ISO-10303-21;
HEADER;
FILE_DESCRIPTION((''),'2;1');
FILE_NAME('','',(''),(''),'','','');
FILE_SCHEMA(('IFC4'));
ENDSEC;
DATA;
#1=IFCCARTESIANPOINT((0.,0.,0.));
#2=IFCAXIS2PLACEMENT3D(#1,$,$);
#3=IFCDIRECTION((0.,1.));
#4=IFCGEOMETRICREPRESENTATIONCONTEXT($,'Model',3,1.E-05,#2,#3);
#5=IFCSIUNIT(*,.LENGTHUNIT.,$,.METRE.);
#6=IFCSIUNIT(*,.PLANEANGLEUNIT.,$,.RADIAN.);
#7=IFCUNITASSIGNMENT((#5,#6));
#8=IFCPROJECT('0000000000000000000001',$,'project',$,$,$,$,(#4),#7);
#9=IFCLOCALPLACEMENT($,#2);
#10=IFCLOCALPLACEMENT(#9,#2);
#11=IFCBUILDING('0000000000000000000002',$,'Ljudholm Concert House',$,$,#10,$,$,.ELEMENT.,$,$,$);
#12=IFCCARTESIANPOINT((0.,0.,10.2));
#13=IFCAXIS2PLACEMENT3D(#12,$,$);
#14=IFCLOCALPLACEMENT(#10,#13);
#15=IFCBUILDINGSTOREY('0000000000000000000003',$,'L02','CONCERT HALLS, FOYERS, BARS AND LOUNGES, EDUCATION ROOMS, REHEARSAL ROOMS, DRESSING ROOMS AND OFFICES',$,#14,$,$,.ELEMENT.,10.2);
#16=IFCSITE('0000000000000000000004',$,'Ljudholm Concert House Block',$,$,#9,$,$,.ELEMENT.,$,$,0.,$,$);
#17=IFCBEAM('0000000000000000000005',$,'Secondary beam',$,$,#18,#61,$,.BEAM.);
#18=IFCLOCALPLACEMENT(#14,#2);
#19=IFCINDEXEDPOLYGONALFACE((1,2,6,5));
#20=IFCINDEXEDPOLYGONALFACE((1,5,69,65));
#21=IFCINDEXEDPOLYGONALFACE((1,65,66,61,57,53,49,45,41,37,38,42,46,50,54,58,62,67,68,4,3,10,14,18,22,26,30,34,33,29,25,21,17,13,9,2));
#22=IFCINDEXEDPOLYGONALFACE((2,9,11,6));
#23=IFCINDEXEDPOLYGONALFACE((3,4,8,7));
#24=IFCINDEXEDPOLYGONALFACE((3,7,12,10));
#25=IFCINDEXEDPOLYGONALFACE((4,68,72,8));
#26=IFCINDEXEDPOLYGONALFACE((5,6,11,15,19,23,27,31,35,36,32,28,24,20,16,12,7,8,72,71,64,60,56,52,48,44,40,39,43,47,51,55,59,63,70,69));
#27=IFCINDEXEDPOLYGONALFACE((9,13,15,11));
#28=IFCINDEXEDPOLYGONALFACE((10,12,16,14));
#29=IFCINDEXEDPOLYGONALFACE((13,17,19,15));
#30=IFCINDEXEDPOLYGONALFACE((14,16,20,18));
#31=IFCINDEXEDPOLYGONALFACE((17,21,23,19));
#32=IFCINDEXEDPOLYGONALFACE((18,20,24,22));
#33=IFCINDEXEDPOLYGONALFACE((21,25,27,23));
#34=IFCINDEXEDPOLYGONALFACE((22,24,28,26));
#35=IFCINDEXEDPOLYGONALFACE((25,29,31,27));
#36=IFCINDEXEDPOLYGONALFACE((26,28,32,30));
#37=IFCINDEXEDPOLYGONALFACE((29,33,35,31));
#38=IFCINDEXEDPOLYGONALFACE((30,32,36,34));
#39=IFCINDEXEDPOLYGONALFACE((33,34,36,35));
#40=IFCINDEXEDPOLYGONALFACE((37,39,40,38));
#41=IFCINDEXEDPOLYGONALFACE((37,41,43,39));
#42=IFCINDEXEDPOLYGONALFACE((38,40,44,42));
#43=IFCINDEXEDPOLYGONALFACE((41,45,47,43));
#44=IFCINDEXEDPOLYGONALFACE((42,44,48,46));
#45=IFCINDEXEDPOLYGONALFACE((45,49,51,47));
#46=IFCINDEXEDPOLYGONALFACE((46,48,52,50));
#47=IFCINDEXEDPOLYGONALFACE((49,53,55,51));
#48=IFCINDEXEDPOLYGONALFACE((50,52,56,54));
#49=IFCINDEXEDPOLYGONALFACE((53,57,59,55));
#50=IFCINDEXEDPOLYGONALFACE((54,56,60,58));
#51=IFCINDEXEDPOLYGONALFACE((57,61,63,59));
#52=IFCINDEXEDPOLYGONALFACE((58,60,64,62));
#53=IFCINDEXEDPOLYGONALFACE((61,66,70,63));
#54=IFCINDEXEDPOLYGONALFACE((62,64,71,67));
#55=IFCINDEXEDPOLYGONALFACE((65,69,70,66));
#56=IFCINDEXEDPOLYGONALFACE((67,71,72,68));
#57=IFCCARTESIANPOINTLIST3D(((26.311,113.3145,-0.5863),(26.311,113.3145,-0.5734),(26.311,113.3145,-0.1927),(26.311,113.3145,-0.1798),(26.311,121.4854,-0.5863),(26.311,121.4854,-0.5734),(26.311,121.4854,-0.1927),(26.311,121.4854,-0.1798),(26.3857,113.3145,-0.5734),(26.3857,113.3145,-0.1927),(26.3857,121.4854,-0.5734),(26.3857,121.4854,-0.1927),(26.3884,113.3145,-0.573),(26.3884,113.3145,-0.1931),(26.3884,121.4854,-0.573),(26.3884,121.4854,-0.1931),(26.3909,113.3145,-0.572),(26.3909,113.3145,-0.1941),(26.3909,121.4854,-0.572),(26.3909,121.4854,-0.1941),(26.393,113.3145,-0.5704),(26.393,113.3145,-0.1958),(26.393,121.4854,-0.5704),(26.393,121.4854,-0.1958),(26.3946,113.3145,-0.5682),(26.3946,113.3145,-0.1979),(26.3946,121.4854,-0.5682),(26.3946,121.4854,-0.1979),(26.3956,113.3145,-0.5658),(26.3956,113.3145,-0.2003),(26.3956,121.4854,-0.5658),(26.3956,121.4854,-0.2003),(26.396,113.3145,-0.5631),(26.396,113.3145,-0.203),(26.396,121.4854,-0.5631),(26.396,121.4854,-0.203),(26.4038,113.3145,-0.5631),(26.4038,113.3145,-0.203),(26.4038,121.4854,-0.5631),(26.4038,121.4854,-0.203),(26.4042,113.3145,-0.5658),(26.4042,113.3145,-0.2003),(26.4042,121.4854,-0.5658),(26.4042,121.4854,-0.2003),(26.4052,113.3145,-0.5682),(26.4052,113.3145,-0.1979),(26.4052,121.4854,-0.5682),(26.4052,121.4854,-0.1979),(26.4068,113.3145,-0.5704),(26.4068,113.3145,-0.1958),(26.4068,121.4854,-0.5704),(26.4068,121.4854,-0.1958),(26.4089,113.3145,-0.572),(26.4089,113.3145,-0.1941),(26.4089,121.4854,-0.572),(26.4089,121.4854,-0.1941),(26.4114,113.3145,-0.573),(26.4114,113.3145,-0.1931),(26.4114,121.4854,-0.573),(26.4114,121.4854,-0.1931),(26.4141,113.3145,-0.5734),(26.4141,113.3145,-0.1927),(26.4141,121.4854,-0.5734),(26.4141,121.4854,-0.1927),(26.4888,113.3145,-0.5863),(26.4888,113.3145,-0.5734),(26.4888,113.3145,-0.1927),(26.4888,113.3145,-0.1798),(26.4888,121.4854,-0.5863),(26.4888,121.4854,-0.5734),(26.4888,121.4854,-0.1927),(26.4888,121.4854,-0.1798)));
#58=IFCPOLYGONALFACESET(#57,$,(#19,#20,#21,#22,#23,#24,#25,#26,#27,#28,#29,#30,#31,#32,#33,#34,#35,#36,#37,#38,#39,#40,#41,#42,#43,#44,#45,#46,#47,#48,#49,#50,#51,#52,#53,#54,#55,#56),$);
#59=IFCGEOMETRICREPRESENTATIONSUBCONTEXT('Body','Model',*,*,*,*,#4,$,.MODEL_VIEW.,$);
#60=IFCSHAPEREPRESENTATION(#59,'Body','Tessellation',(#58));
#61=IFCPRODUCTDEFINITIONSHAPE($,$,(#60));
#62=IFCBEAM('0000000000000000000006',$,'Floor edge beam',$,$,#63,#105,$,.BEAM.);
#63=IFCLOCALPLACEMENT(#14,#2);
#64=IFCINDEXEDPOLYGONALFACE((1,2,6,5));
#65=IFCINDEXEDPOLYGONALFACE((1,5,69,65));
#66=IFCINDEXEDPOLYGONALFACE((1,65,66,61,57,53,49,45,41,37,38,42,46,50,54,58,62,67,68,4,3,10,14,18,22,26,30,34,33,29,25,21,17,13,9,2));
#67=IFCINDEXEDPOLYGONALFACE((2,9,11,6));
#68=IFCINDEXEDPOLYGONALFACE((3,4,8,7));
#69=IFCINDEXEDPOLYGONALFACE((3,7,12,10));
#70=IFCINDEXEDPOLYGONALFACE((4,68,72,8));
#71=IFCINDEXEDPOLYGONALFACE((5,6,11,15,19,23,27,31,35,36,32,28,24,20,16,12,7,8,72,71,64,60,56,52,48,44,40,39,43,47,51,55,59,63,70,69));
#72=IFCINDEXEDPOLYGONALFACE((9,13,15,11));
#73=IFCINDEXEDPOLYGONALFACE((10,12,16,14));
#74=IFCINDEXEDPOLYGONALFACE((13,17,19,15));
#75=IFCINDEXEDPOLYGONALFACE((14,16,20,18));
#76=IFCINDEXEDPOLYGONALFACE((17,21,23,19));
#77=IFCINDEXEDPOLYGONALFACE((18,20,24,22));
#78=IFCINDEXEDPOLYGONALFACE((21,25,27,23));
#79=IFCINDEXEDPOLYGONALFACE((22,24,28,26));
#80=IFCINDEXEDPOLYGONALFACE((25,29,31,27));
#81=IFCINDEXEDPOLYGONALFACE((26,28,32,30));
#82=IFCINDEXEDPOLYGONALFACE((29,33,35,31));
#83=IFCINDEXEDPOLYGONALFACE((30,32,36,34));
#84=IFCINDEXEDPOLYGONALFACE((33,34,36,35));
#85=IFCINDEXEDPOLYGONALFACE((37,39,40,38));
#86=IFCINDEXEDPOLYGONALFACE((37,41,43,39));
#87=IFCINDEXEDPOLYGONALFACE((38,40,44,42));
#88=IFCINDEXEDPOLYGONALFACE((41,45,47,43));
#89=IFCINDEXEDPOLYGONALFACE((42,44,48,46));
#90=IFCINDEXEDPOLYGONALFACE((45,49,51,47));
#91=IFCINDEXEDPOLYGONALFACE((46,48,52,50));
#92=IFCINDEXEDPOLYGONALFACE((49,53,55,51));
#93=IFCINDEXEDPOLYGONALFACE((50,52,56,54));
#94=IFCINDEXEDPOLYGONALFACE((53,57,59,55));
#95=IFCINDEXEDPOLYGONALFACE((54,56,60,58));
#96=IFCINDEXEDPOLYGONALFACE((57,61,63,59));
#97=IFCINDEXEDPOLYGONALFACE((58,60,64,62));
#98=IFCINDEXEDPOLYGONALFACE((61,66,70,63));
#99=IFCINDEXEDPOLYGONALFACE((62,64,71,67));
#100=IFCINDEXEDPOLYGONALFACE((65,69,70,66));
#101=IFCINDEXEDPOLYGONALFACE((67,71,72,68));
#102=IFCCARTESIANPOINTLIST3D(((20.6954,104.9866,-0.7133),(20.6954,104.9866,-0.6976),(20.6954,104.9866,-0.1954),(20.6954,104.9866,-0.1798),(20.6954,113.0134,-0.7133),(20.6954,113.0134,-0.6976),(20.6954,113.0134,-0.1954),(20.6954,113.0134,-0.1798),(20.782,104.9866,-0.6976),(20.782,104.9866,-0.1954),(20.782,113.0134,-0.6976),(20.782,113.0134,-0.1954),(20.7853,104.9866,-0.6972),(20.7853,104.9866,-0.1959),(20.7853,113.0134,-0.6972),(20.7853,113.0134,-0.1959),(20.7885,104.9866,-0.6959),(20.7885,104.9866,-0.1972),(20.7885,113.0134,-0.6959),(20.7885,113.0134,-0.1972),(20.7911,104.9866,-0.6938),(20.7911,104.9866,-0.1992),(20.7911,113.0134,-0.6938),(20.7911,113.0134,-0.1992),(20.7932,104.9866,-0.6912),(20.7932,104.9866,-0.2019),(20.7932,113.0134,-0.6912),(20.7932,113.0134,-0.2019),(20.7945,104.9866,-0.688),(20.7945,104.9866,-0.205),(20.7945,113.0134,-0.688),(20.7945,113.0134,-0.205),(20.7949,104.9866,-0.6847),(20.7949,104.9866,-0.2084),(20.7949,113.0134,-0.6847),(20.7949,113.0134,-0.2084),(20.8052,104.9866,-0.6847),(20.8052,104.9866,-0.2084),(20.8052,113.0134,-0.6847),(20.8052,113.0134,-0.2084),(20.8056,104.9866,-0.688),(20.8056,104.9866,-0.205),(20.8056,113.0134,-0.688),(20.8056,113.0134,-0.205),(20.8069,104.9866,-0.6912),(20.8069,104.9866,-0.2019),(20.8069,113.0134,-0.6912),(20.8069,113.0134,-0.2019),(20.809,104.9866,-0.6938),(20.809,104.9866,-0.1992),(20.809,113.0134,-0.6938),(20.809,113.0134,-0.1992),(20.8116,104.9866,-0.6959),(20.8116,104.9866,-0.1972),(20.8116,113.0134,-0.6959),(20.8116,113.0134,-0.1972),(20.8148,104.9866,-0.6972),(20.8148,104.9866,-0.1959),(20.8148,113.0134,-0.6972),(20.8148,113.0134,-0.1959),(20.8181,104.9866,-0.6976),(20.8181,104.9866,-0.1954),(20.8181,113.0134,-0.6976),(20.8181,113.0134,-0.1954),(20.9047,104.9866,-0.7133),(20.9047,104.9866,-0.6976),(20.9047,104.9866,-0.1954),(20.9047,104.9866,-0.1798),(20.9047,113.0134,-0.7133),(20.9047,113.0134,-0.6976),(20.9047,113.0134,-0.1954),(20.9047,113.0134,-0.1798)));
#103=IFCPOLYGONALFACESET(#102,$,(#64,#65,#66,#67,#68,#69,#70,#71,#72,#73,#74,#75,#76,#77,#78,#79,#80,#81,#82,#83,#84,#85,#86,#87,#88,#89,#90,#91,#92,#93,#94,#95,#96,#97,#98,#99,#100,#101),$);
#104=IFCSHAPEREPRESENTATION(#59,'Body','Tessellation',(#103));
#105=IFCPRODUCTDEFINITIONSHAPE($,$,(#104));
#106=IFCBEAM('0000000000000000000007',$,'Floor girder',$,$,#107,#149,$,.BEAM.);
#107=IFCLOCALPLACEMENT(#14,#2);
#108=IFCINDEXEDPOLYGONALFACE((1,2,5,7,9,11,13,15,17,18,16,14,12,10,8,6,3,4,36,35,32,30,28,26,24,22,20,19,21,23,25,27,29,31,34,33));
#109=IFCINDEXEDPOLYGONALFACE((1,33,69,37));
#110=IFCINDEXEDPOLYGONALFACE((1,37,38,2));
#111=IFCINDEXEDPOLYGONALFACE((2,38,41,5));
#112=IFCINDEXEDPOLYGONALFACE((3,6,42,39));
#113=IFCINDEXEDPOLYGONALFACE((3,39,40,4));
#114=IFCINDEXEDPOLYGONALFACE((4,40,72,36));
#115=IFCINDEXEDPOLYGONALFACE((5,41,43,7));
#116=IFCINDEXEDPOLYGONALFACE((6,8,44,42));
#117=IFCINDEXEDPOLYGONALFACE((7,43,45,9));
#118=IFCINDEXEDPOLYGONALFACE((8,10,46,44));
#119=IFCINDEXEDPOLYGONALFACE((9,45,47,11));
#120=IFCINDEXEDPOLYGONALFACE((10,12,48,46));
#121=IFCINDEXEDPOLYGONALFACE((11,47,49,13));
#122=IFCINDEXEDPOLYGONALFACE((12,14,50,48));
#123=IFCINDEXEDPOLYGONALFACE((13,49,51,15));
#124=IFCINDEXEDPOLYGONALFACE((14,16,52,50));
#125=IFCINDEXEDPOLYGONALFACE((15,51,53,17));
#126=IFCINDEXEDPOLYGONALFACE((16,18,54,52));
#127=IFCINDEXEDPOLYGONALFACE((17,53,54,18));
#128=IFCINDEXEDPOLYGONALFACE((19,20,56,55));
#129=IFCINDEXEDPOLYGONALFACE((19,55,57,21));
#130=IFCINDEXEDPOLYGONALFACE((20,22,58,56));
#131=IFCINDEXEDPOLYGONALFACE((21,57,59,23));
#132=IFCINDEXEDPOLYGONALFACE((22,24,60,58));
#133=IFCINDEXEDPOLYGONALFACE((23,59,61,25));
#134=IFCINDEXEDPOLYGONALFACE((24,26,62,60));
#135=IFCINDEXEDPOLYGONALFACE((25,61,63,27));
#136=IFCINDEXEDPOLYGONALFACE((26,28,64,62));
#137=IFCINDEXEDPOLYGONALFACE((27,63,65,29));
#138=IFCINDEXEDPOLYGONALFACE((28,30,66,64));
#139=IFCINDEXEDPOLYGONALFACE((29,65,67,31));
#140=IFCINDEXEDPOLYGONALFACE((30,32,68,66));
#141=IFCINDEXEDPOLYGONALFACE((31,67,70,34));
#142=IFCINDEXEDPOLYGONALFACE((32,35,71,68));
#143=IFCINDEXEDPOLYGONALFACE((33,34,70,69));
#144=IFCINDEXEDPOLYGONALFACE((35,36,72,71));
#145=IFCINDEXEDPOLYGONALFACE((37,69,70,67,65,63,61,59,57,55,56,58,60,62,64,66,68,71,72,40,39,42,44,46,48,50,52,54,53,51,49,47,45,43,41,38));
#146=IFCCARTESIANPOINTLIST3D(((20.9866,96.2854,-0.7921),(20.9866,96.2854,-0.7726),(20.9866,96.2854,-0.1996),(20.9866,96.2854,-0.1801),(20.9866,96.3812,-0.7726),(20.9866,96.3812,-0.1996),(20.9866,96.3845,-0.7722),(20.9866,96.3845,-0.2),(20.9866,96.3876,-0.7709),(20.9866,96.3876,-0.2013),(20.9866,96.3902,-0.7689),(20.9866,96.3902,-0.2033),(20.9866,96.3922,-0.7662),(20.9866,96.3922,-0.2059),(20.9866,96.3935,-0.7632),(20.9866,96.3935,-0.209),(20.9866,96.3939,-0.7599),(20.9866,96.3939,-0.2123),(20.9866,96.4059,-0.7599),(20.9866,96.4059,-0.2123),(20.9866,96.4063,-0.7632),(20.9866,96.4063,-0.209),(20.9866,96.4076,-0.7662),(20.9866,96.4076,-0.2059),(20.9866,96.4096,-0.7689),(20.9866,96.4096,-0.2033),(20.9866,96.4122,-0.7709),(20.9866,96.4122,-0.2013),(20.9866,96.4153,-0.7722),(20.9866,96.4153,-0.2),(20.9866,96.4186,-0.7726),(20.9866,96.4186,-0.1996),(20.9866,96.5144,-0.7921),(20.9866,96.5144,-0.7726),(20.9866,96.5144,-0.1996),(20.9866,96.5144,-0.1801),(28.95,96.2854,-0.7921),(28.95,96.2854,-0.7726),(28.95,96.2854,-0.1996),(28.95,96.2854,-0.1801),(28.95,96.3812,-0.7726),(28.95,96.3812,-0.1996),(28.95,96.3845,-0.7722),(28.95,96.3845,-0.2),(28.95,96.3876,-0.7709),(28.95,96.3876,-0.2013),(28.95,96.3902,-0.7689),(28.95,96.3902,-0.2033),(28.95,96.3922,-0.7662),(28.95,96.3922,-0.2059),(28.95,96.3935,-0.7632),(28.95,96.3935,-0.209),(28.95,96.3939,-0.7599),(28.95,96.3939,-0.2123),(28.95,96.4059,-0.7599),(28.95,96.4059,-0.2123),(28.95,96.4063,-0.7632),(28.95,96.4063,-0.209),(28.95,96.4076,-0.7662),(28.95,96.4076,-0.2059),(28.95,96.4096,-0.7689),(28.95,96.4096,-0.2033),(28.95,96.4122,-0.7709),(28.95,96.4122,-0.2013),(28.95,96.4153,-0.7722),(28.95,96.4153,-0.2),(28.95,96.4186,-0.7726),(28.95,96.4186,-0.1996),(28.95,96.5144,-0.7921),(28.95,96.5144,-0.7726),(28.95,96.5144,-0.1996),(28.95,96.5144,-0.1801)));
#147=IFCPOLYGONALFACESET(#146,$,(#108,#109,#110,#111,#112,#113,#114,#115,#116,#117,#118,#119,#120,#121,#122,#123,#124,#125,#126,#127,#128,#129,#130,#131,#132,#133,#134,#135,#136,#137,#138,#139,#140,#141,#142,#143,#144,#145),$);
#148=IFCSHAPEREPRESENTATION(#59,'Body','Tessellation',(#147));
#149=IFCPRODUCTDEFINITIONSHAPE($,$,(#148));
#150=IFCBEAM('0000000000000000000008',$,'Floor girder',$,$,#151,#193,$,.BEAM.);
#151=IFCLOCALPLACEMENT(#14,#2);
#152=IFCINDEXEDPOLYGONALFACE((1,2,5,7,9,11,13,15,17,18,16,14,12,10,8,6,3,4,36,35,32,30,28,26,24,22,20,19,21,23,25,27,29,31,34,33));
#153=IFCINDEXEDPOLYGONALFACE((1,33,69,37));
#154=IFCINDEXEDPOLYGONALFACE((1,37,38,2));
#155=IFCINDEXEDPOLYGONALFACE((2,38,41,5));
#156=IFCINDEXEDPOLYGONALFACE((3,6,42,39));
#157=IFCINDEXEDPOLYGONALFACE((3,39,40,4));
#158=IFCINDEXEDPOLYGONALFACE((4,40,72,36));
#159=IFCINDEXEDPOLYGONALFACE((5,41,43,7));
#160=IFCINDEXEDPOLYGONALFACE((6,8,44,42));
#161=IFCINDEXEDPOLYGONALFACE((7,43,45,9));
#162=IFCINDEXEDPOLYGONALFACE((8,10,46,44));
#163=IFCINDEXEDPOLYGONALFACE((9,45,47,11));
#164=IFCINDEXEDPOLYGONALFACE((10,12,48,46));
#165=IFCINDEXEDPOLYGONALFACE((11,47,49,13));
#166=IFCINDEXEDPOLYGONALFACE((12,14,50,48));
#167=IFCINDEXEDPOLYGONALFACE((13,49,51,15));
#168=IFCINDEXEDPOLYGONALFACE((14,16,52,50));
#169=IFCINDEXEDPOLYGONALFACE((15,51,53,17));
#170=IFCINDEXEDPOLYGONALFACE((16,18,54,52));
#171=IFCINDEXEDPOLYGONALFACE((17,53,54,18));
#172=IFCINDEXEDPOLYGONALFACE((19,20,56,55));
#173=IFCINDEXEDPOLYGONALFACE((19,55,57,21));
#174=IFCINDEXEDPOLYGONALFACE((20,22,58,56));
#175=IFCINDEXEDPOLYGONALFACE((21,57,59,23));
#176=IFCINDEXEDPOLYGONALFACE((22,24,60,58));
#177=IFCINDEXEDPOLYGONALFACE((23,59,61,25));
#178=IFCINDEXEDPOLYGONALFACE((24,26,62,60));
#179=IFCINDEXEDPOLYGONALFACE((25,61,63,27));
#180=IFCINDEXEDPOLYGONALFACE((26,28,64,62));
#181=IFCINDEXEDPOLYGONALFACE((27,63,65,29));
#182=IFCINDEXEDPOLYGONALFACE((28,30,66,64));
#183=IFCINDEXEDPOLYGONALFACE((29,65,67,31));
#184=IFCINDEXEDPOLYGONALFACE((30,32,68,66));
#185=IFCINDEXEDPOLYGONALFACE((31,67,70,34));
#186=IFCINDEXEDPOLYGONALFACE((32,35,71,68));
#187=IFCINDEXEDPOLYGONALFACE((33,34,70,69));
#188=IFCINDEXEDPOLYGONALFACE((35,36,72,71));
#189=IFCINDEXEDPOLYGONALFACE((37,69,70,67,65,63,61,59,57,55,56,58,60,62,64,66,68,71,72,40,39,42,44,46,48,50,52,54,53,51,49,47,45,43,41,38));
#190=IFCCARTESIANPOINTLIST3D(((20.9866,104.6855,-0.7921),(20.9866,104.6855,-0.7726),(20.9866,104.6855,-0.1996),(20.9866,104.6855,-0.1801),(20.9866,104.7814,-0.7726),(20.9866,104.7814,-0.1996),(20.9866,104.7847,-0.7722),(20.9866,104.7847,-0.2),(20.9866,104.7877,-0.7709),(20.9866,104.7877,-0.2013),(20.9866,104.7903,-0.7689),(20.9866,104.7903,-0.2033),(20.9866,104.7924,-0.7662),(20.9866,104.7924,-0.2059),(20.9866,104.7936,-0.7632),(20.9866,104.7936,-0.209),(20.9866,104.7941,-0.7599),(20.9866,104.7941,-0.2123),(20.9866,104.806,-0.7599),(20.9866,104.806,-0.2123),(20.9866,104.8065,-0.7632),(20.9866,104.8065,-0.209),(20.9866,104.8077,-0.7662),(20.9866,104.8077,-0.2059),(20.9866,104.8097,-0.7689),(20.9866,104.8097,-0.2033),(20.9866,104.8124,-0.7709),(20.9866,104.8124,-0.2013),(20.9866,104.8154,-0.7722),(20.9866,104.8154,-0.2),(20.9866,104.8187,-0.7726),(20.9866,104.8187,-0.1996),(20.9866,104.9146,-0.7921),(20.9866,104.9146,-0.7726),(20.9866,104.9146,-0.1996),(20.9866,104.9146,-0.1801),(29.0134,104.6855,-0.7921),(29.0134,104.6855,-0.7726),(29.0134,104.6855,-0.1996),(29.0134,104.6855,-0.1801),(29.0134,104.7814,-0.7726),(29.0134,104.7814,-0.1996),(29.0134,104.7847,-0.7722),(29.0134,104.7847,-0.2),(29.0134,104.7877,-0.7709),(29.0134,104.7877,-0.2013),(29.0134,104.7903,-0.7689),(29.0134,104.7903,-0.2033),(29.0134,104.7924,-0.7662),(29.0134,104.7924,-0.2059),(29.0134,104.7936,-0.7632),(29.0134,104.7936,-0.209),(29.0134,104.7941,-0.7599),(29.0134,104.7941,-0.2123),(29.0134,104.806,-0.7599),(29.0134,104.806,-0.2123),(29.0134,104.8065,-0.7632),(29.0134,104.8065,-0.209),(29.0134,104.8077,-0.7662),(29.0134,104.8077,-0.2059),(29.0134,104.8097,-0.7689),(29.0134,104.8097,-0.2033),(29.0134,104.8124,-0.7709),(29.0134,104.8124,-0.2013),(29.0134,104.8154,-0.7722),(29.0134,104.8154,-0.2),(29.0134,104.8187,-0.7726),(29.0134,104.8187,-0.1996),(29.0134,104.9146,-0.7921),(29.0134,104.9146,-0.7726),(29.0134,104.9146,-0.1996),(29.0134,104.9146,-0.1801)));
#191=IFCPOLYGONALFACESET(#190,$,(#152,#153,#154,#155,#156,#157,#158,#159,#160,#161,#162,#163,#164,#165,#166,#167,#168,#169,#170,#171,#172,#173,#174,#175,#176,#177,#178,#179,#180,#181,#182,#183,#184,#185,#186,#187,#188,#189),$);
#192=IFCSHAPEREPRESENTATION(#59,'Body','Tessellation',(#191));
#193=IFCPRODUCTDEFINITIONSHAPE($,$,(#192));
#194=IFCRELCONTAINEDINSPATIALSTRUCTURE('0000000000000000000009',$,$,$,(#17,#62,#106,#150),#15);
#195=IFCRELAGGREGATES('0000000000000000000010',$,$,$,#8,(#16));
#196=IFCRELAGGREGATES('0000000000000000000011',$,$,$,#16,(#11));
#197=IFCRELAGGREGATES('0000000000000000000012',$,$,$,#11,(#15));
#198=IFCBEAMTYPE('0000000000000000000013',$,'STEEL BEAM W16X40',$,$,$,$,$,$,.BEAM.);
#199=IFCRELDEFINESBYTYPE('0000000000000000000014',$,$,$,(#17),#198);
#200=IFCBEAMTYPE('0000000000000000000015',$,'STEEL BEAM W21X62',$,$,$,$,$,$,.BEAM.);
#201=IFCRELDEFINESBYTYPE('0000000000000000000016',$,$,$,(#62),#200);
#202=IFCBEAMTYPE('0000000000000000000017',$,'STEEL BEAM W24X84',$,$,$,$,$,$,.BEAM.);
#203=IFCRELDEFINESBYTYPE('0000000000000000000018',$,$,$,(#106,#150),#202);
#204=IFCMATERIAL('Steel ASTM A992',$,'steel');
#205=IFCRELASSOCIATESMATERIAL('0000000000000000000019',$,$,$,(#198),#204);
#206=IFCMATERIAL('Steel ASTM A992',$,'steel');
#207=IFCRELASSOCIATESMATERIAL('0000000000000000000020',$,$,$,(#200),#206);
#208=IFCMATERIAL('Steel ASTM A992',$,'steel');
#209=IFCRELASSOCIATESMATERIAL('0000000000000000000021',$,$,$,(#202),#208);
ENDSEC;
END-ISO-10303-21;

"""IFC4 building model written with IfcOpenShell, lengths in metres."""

from ifc_helpers import new_model, si_unit, direction, frame, origin, origin_2d, place, context, subcontext, project, spatial, i_section, extrude, material, material_profile, profile_set, type_object, element, save


model = new_model("IFC4")

# Units and contexts
model_context = context("Model", 3, precision=1e-05, world=origin(), true_north=direction((0.0, 1.0)))
body_context = subcontext(model_context, "Body", "Model", "MODEL_VIEW")
ifc_project = project(units=[si_unit("LENGTHUNIT", "METRE"), si_unit("PLANEANGLEUNIT", "RADIAN")], contexts=[model_context])

# Site, building, storey
site_placement = place(None, origin())
site = spatial("IfcSite", under=ifc_project, at=site_placement, Name="Ljudholm Concert House Block", CompositionType="ELEMENT", RefElevation=0.0)
building_placement = place(site_placement, origin())
building = spatial("IfcBuilding", under=site, at=building_placement, Name="Ljudholm Concert House", CompositionType="ELEMENT")
storey_placement = place(building_placement, frame((0.0, 0.0, 10.2)))
storey = spatial("IfcBuildingStorey", under=building, at=storey_placement, Name="L02", Description="CONCERT HALLS, FOYERS, BARS AND LOUNGES, EDUCATION ROOMS, REHEARSAL ROOMS, DRESSING ROOMS AND OFFICES", CompositionType="ELEMENT", Elevation=10.2)

# Beams
ifc_material_1 = material(Name="Steel ASTM A992", Category="steel")
ifc_material_profile_1 = material_profile(ifc_material_1, i_section(OverallWidth=0.1777, OverallDepth=0.4065, WebThickness=0.0078, FlangeThickness=0.0129, FilletRadius=0.0103, at=origin_2d()), Name="W16X40")
ifc_profile_set_1 = profile_set([ifc_material_profile_1], Name="Steel ASTM A992")
beam_type_1 = type_object("IfcBeamType", Name="STEEL BEAM W16X40", PredefinedType="BEAM", material=ifc_profile_set_1)
for number, where, z_axis, x_axis, name in (
    (1, (26.3999, 113.3145, -0.3831), (0.0, 1.0, 0.0), (-1.0, 0.0, 0.0), "Secondary beam"),
):
    element("IfcBeam", number, at=place(storey_placement, frame(where, z_axis=z_axis, x_axis=x_axis)), inside=storey, type_object=beam_type_1, Name=name, PredefinedType="BEAM", context=body_context, shape_type="SweptSolid", body=[
        extrude(i_section(OverallWidth=0.1777, OverallDepth=0.4065, WebThickness=0.0078, FlangeThickness=0.0129, FilletRadius=0.0103, at=origin_2d()), origin(), (0.0, 0.0, 1.0), 8.1709),
    ])
ifc_material_2 = material(Name="Steel ASTM A992", Category="steel")
ifc_material_profile_2 = material_profile(ifc_material_2, i_section(OverallWidth=0.2092, OverallDepth=0.5334, WebThickness=0.0103, FlangeThickness=0.0156, FilletRadius=0.0129, at=origin_2d()), Name="W21X62")
ifc_profile_set_2 = profile_set([ifc_material_profile_2], Name="Steel ASTM A992")
beam_type_2 = type_object("IfcBeamType", Name="STEEL BEAM W21X62", PredefinedType="BEAM", material=ifc_profile_set_2)
beam_1_placement = place(storey_placement, frame((20.8, 104.9866, -0.4465), z_axis=(0.0, 1.0, 0.0), x_axis=(-1.0, 0.0, 0.0)))
element("IfcBeam", 2, at=beam_1_placement, inside=storey, type_object=beam_type_2, Name="Floor edge beam", PredefinedType="BEAM", context=body_context, shape_type="SweptSolid", body=[
    extrude(i_section(OverallWidth=0.2092, OverallDepth=0.5334, WebThickness=0.0103, FlangeThickness=0.0156, FilletRadius=0.0129, at=origin_2d()), origin(), (0.0, 0.0, 1.0), 8.0269),
])
ifc_material_3 = material(Name="Steel ASTM A992", Category="steel")
ifc_material_profile_3 = material_profile(ifc_material_3, i_section(OverallWidth=0.229, OverallDepth=0.6121, WebThickness=0.012, FlangeThickness=0.0195, FilletRadius=0.0127, at=origin_2d()), Name="W24X84")
ifc_profile_set_3 = profile_set([ifc_material_profile_3], Name="Steel ASTM A992")
beam_type_3 = type_object("IfcBeamType", Name="STEEL BEAM W24X84", PredefinedType="BEAM", material=ifc_profile_set_3)
beam_2_placement = place(storey_placement, frame((20.9866, 96.3999, -0.4861), z_axis=(1.0, 0.0, 0.0), x_axis=(0.0, 1.0, 0.0)))
element("IfcBeam", 3, at=beam_2_placement, inside=storey, type_object=beam_type_3, Name="Floor girder", PredefinedType="BEAM", context=body_context, shape_type="SweptSolid", body=[
    extrude(i_section(OverallWidth=0.229, OverallDepth=0.6121, WebThickness=0.012, FlangeThickness=0.0195, FilletRadius=0.0127, at=origin_2d()), origin(), (0.0, 0.0, 1.0), 7.9634),
])
for number, where, z_axis, x_axis, name in (
    (4, (20.9866, 104.8, -0.4861), (1.0, 0.0, 0.0), (0.0, 1.0, 0.0), "Floor girder"),
):
    element("IfcBeam", number, at=place(storey_placement, frame(where, z_axis=z_axis, x_axis=x_axis)), inside=storey, type_object=beam_type_3, Name=name, PredefinedType="BEAM", context=body_context, shape_type="SweptSolid", body=[
        extrude(i_section(OverallWidth=0.229, OverallDepth=0.6121, WebThickness=0.012, FlangeThickness=0.0195, FilletRadius=0.0127, at=origin_2d()), origin(), (0.0, 0.0, 1.0), 8.0269),
    ])

save(model, "model.ifc")
